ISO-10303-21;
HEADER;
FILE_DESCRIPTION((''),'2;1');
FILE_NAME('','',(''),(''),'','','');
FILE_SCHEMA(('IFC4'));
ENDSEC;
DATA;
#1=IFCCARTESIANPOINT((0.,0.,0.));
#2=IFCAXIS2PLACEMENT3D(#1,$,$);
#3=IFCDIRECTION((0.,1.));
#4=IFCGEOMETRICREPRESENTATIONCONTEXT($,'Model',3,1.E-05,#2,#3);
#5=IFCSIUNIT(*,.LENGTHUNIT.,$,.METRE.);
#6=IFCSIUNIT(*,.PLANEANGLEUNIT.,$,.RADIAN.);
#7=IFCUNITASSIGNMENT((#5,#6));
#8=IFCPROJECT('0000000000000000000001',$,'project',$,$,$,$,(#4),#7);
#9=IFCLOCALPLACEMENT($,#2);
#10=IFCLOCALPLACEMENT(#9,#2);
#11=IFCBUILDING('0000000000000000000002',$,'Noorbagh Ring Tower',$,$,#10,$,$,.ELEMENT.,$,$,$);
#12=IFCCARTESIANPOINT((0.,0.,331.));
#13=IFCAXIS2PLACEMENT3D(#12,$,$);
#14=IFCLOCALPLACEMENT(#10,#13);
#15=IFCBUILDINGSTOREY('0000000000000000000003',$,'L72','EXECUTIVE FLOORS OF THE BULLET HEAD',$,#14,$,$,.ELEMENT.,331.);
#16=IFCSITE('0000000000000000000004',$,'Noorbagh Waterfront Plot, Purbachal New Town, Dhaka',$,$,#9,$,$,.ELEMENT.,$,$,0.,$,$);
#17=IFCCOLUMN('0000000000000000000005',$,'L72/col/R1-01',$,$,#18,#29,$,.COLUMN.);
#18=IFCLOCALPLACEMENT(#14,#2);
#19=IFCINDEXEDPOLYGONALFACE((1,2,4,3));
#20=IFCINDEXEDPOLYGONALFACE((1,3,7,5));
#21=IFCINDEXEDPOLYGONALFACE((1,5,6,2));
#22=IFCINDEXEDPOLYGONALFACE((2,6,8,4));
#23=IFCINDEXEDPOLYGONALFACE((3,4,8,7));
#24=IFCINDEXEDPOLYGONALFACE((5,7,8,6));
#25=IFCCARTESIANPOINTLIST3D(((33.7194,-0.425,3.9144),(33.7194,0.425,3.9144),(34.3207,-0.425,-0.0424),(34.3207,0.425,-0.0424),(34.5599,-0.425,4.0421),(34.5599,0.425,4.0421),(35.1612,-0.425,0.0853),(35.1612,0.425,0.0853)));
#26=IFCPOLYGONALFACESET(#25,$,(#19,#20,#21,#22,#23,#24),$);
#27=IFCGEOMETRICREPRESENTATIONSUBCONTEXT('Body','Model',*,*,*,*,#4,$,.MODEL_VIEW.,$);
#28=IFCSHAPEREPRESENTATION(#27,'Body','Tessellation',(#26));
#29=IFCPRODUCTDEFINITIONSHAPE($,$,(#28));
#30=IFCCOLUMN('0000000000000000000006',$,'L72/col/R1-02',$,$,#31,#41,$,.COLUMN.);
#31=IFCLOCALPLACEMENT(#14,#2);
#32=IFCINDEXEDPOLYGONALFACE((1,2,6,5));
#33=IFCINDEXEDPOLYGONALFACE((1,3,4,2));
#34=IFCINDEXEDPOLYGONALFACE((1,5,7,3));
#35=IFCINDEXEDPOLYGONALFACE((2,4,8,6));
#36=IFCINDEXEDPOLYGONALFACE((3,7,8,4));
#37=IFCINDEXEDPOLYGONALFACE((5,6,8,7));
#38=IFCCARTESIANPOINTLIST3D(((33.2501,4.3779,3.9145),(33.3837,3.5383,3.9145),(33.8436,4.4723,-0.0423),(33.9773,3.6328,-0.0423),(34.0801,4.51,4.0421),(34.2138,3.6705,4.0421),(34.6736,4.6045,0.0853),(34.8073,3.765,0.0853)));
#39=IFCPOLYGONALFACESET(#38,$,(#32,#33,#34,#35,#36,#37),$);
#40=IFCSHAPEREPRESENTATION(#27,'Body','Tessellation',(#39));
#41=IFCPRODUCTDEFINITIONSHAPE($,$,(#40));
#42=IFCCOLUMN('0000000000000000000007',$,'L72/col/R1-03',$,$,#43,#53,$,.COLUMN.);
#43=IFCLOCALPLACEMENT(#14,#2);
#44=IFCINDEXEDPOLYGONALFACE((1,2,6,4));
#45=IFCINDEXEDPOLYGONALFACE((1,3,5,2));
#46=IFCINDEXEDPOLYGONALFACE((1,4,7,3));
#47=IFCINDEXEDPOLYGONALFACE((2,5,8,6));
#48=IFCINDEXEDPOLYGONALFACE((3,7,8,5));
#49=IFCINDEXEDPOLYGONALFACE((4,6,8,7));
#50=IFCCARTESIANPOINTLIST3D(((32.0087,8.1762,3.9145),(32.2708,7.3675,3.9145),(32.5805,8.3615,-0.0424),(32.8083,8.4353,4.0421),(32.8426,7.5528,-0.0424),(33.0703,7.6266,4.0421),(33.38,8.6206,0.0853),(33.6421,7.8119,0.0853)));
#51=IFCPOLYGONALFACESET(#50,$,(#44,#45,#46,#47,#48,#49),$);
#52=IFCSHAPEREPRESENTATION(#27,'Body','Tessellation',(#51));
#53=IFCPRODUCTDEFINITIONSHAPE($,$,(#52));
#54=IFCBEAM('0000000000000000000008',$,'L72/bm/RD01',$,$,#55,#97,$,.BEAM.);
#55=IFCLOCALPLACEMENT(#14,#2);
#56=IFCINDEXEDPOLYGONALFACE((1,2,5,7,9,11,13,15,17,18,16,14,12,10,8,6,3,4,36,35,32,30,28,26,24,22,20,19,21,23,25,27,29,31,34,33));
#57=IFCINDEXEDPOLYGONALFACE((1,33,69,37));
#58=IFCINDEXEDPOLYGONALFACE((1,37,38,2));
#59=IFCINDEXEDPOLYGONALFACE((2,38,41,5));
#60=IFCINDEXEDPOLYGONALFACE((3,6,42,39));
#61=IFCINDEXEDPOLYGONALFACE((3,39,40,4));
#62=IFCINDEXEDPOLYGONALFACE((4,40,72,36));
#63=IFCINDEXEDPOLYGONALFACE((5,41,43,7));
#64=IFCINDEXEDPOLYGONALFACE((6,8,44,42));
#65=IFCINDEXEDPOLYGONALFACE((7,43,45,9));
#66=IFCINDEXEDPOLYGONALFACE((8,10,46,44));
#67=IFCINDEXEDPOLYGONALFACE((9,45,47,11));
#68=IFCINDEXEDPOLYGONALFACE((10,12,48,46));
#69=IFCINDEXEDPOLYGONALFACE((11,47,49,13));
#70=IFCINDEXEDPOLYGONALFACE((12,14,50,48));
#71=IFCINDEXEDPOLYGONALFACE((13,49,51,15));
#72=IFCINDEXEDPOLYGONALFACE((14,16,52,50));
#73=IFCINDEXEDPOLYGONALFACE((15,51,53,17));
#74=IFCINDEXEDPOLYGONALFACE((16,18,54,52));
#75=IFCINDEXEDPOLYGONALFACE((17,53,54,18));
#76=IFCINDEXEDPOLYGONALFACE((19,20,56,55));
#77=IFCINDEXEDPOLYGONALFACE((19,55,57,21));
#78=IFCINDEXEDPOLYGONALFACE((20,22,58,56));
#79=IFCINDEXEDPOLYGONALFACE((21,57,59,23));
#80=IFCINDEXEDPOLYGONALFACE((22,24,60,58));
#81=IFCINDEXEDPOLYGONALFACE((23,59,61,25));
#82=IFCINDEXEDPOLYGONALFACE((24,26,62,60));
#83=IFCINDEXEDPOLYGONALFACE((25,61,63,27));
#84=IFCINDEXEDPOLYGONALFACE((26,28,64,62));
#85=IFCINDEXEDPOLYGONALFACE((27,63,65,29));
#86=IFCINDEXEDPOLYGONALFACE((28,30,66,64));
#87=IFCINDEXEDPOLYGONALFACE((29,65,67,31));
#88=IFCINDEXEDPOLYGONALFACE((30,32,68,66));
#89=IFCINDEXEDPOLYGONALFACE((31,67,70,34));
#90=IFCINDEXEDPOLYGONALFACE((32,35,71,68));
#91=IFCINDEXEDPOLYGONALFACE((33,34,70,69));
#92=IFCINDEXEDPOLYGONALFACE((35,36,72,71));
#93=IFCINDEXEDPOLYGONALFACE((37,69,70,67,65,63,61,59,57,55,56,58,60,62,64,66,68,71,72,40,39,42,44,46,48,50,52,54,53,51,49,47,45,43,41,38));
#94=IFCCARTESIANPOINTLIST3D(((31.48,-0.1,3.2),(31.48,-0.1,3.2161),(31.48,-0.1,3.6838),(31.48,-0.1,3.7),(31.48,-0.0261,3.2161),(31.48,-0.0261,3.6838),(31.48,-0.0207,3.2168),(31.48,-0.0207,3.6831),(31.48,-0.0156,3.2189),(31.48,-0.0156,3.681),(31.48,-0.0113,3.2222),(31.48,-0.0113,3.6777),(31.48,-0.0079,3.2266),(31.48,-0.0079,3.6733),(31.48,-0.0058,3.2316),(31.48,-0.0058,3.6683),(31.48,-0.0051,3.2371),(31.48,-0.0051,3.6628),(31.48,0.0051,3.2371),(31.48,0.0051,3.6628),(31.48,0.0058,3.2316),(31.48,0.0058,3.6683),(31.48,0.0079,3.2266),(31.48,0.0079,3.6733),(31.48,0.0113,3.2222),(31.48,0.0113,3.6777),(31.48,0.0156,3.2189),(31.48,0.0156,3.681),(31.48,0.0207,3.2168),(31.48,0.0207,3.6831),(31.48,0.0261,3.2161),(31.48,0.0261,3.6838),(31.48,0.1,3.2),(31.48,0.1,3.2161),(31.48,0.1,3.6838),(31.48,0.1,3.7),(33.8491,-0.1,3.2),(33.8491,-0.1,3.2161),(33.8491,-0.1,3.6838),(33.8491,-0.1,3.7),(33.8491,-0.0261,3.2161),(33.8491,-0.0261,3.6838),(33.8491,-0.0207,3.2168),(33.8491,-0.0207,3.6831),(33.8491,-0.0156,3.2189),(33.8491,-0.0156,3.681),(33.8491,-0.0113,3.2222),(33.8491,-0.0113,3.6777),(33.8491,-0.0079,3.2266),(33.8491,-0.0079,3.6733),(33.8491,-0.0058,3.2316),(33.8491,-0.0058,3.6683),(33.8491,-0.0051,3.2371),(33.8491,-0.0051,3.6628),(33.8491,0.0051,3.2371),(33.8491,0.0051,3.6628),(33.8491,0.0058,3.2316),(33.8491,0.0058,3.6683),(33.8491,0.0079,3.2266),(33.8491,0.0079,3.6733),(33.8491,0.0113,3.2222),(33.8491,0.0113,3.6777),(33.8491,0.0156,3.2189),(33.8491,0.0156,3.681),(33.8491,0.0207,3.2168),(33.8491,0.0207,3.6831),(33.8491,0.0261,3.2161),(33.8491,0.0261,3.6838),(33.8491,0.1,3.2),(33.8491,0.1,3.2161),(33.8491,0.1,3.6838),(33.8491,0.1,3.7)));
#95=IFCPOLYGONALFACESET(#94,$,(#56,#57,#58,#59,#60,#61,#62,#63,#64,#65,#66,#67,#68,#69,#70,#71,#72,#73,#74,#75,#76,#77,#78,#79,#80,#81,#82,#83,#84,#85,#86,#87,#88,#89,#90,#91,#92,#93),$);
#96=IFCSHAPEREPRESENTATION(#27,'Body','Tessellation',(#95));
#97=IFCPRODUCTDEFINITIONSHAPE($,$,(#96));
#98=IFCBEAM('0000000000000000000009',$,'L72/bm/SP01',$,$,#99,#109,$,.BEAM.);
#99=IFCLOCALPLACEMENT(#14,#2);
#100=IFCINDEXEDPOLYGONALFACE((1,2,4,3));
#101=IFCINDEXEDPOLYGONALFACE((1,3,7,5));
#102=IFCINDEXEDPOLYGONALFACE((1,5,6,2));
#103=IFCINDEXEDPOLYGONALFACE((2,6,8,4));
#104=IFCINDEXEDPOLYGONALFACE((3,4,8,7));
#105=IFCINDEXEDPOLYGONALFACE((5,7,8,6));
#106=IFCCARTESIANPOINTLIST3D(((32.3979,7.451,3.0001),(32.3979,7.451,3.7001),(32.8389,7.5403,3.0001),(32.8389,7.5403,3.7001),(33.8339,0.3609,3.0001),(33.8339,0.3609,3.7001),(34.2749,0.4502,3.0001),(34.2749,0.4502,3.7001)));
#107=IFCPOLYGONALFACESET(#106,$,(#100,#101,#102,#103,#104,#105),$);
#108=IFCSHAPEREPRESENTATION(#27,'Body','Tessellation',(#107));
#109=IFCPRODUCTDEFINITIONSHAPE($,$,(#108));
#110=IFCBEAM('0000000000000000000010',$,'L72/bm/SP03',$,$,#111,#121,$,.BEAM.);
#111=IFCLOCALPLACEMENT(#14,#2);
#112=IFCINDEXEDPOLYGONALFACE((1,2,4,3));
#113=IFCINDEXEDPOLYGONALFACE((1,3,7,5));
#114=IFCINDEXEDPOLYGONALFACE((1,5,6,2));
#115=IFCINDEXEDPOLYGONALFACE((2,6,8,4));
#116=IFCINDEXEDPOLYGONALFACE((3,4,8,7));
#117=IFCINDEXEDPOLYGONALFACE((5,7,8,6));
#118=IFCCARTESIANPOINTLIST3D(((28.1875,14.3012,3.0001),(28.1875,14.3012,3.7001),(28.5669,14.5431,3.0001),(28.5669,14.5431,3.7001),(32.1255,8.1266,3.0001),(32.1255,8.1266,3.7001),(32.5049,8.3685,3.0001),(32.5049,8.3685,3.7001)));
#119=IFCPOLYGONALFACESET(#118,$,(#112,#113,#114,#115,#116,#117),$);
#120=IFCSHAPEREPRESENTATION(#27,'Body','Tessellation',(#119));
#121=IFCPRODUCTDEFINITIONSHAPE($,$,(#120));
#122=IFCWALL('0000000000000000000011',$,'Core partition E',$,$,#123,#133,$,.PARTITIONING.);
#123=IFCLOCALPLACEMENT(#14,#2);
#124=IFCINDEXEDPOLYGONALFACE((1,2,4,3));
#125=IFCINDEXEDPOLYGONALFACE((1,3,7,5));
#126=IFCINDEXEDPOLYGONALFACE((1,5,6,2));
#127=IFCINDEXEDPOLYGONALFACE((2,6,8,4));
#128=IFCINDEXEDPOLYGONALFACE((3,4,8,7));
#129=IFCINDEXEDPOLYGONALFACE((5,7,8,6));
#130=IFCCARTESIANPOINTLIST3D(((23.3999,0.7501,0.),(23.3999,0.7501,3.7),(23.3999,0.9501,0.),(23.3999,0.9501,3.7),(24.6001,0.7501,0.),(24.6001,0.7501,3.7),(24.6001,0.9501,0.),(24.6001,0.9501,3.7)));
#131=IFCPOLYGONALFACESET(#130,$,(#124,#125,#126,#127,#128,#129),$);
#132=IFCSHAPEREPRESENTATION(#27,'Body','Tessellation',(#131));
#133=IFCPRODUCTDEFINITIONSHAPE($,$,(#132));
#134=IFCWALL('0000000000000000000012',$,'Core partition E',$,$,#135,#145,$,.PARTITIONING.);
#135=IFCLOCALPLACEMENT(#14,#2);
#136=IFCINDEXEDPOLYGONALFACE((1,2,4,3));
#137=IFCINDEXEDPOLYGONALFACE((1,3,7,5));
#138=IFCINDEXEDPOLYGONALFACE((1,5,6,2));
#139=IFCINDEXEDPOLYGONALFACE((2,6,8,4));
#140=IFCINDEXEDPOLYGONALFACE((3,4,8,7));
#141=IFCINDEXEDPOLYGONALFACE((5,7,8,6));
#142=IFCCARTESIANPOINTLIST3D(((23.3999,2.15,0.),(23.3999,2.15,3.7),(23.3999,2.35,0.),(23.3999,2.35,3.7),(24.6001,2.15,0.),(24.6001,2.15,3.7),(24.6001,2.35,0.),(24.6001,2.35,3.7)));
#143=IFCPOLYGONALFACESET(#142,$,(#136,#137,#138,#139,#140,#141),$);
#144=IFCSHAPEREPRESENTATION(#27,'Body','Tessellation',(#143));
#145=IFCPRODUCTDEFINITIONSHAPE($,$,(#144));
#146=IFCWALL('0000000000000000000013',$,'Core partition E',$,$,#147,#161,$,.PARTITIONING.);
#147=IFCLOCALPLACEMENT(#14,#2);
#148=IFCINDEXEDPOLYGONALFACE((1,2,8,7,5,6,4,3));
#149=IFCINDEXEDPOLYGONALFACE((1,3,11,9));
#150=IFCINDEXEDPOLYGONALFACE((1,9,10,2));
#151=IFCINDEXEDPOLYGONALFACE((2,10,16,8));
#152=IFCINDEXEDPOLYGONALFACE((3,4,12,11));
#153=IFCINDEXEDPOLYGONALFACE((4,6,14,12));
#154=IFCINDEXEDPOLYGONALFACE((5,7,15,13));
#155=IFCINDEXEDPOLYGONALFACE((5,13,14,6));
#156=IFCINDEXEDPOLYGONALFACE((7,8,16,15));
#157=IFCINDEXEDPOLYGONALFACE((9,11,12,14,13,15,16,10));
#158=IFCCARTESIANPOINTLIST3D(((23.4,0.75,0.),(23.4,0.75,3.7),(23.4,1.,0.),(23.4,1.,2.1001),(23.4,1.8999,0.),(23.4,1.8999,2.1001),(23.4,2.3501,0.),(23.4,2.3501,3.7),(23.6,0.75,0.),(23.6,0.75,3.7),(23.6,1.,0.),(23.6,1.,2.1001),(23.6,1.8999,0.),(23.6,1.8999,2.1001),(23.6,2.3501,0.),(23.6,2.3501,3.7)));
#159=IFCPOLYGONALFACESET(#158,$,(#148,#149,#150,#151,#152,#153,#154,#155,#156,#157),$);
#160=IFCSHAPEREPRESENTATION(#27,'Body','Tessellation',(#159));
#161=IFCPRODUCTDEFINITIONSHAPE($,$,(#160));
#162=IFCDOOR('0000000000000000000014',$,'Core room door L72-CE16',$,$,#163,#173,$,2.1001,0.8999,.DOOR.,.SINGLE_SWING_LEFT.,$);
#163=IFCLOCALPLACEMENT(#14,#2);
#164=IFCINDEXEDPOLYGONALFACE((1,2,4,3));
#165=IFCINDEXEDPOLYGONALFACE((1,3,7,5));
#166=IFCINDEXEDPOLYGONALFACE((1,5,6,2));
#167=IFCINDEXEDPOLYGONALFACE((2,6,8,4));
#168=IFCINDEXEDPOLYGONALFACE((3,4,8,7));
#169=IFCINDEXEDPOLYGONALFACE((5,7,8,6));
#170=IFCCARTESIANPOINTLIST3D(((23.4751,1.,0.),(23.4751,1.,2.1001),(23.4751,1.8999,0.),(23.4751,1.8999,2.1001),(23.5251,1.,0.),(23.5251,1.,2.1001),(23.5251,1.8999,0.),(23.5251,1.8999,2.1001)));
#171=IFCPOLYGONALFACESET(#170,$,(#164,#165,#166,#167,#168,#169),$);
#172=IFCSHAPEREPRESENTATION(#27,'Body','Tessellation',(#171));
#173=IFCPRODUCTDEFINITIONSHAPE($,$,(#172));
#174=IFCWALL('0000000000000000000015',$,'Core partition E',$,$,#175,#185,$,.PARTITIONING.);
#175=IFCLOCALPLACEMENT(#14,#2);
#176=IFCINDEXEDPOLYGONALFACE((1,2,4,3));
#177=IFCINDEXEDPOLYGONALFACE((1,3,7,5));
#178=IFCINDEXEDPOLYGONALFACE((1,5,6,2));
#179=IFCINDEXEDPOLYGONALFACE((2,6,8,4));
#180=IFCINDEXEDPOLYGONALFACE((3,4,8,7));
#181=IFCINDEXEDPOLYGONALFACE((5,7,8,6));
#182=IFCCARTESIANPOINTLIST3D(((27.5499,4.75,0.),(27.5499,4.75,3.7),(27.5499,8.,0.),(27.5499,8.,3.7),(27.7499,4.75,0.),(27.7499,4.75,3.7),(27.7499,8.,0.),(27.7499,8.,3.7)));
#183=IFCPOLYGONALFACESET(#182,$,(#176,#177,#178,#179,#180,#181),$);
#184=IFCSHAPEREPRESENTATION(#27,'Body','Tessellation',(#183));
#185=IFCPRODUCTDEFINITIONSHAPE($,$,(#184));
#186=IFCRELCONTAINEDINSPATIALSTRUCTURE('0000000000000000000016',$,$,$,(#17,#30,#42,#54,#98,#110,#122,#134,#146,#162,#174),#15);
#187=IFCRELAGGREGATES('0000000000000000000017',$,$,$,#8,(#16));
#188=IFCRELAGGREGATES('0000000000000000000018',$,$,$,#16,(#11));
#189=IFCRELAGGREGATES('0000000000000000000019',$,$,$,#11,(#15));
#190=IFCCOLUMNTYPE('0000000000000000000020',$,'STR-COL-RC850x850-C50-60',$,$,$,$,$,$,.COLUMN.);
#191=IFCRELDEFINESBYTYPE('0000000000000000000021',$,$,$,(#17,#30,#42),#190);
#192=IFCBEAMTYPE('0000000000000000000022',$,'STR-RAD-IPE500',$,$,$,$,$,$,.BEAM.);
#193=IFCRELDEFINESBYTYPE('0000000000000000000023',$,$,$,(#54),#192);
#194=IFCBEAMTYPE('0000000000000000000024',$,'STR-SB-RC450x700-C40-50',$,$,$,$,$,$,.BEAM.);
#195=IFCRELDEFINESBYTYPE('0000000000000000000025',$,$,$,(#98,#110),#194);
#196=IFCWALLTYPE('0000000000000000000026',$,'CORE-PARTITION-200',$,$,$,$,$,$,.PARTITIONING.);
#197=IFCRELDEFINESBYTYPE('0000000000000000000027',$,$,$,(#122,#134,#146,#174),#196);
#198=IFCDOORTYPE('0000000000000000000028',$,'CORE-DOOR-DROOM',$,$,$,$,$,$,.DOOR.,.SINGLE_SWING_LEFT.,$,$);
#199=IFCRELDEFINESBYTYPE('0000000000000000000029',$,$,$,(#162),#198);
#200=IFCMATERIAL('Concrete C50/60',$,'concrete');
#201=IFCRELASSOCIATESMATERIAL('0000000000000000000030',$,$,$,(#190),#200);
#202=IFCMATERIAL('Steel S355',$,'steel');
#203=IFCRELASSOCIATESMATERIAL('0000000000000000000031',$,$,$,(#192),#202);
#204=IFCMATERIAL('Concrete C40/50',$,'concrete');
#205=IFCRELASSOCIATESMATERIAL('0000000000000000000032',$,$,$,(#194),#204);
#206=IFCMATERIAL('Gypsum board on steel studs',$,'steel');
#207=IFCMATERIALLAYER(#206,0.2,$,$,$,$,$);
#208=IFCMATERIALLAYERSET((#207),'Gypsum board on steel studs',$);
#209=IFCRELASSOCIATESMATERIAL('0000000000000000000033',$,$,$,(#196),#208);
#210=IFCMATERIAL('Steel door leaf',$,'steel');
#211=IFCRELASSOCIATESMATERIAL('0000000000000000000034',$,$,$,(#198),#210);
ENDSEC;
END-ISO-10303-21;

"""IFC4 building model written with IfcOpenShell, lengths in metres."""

from ifc_helpers import new_model, si_unit, direction, frame, frame_2d, origin, origin_2d, place, context, subcontext, project, spatial, rectangle, i_section, extrude, material, layer, layer_set, material_profile, profile_set, type_object, element, fill, save


model = new_model("IFC4")

# Units and contexts
model_context = context("Model", 3, precision=1e-05, world=origin(), true_north=direction((0.0, 1.0)))
body_context = subcontext(model_context, "Body", "Model", "MODEL_VIEW")
ifc_project = project(units=[si_unit("LENGTHUNIT", "METRE"), si_unit("PLANEANGLEUNIT", "RADIAN")], contexts=[model_context])

# Site, building, storey
site_placement = place(None, origin())
site = spatial("IfcSite", under=ifc_project, at=site_placement, Name="Noorbagh Waterfront Plot, Purbachal New Town, Dhaka", CompositionType="ELEMENT", RefElevation=0.0)
building_placement = place(site_placement, origin())
building = spatial("IfcBuilding", under=site, at=building_placement, Name="Noorbagh Ring Tower", CompositionType="ELEMENT")
storey_placement = place(building_placement, frame((0.0, 0.0, 331.0)))
storey = spatial("IfcBuildingStorey", under=building, at=storey_placement, Name="L72", Description="EXECUTIVE FLOORS OF THE BULLET HEAD", CompositionType="ELEMENT", Elevation=331.0)

# Columns
ifc_material_1 = material(Name="Concrete C50/60", Category="concrete")
ifc_material_profile_1 = material_profile(ifc_material_1, rectangle(XDim=0.8501, YDim=0.8501, at=origin_2d()), Name="RC850x850")
ifc_profile_set_1 = profile_set([ifc_material_profile_1], Name="Concrete C50/60")
column_type = type_object("IfcColumnType", Name="STR-COL-RC850x850-C50-60", PredefinedType="COLUMN", material=ifc_profile_set_1)
for number, where, z_axis, x_axis, name in (
    (1, (34.741, 0.0, 0.0215), (-0.150246, 0.0, 0.988649), (0.0, -1.0, 0.0), "L72/col/R1-01"),
    (2, (34.3254, 4.1187, 0.0215), (-0.148296, -0.023608, 0.988661), (0.157214, -0.987565, 0.0), "L72/col/R1-02"),
    (3, (33.1113, 8.0867, 0.0215), (-0.142867, -0.0463, 0.988658), (0.308296, -0.95129, 0.0), "L72/col/R1-03"),
):
    element("IfcColumn", number, at=place(storey_placement, frame(where, z_axis=z_axis, x_axis=x_axis)), inside=storey, type_object=column_type, Name=name, PredefinedType="COLUMN", context=body_context, shape_type="SweptSolid", body=[
        extrude(rectangle(XDim=0.8501, YDim=0.8501, at=origin_2d()), origin(), (0.0, 0.0, 1.0), 4.0022),
    ])

# Beams
ifc_material_2 = material(Name="Steel S355", Category="steel")
ifc_material_profile_2 = material_profile(ifc_material_2, i_section(OverallWidth=0.2, OverallDepth=0.5, WebThickness=0.0103, FlangeThickness=0.0161, FilletRadius=0.021, at=origin_2d()), Name="IPE500")
ifc_profile_set_2 = profile_set([ifc_material_profile_2], Name="Steel S355")
beam_type_1 = type_object("IfcBeamType", Name="STR-RAD-IPE500", PredefinedType="BEAM", material=ifc_profile_set_2)
beam_1_placement = place(storey_placement, frame((33.8491, 0.0, 3.45), z_axis=(-1.0, 0.0, 0.0), x_axis=(0.0, -1.0, 0.0)))
element("IfcBeam", 4, at=beam_1_placement, inside=storey, type_object=beam_type_1, Name="L72/bm/RD01", PredefinedType="BEAM", context=body_context, shape_type="SweptSolid", body=[
    extrude(i_section(OverallWidth=0.2, OverallDepth=0.5, WebThickness=0.0103, FlangeThickness=0.0161, FilletRadius=0.021, at=origin_2d()), origin(), (0.0, 0.0, 1.0), 2.3691),
])
ifc_material_3 = material(Name="Concrete C40/50", Category="concrete")
ifc_material_profile_3 = material_profile(ifc_material_3, rectangle(XDim=0.45, YDim=0.7, at=origin_2d()), Name="RC450x700")
ifc_profile_set_3 = profile_set([ifc_material_profile_3], Name="Concrete C40/50")
beam_type_2 = type_object("IfcBeamType", Name="STR-SB-RC450x700-C40-50", PredefinedType="BEAM", material=ifc_profile_set_3)
beam_2_placement = place(storey_placement, frame((34.0544, 0.4055, 3.3501), z_axis=(-0.19851, 0.980099, 0.0), x_axis=(-0.980099, -0.19851, 0.0)))
element("IfcBeam", 5, at=beam_2_placement, inside=storey, type_object=beam_type_2, Name="L72/bm/SP01", PredefinedType="BEAM", context=body_context, shape_type="SweptSolid", body=[
    extrude(rectangle(XDim=0.45, YDim=0.7, at=origin_2d()), origin(), (0.0, 0.0, 1.0), 7.2341),
])
beam_3_placement = place(storey_placement, frame((32.3152, 8.2476, 3.3501), z_axis=(-0.537723, 0.843122, 0.0), x_axis=(-0.843122, -0.537723, 0.0)))
element("IfcBeam", 6, at=beam_3_placement, inside=storey, type_object=beam_type_2, Name="L72/bm/SP03", PredefinedType="BEAM", context=body_context, shape_type="SweptSolid", body=[
    extrude(rectangle(XDim=0.45, YDim=0.7, at=origin_2d()), origin(), (0.0, 0.0, 1.0), 7.3235),
])

# Walls
ifc_material_4 = material(Name="Gypsum board on steel studs", Category="steel")
ifc_layer_1 = layer(ifc_material_4, 0.2)
ifc_layer_set_1 = layer_set([ifc_layer_1], Name="Gypsum board on steel studs")
wall_type_1 = type_object("IfcWallType", Name="CORE-PARTITION-200", PredefinedType="PARTITIONING", material=ifc_layer_set_1)
for number, where, z_axis, x_axis, name in (
    (7, (23.3999, 0.8501, 0.0), (0.0, 0.0, 1.0), (1.0, 0.0, 0.0), "Core partition E"),
    (8, (23.3999, 2.25, 0.0), (0.0, 0.0, 1.0), (1.0, 0.0, 0.0), "Core partition E"),
):
    element("IfcWall", number, at=place(storey_placement, frame(where, z_axis=z_axis, x_axis=x_axis)), inside=storey, type_object=wall_type_1, Name=name, PredefinedType="PARTITIONING", context=body_context, shape_type="SweptSolid", body=[
        extrude(rectangle(XDim=1.2002, YDim=0.2, at=frame_2d((0.6001, 0.0))), origin(), (0.0, 0.0, 1.0), 3.7),
    ])

# Wall, opening, door
wall_1_placement = place(storey_placement, frame((23.5, 0.75, 0.0), z_axis=(0.0, 0.0, 1.0), x_axis=(0.0, 1.0, 0.0)))
wall_1 = element("IfcWall", 9, at=wall_1_placement, inside=storey, type_object=wall_type_1, Name="Core partition E", PredefinedType="PARTITIONING", context=body_context, shape_type="SweptSolid", body=[
    extrude(rectangle(XDim=1.6001, YDim=0.2, at=frame_2d((0.8, 0.0))), origin(), (0.0, 0.0, 1.0), 3.7),
])
opening_1_placement = place(wall_1_placement, frame((0.25, 0.0, 0.0)))
opening_1 = element("IfcOpeningElement", 10, at=opening_1_placement, cuts=wall_1, PredefinedType="OPENING", context=body_context, shape_type="SweptSolid", body=[
    extrude(rectangle(XDim=0.8999, YDim=2.1001, at=frame_2d((0.45, 1.05))), frame((0.0, 0.1099, 0.0), z_axis=(0.0, -1.0, 0.0), x_axis=(1.0, 0.0, 0.0)), (0.0, 0.0, 1.0), 0.22),
])
ifc_material_5 = material(Name="Steel door leaf", Category="steel")
door_type_1 = type_object("IfcDoorType", Name="CORE-DOOR-DROOM", OperationType="SINGLE_SWING_LEFT", PredefinedType="DOOR", material=ifc_material_5)
door_1_placement = place(opening_1_placement, origin())
door_1 = element("IfcDoor", 11, at=door_1_placement, inside=storey, type_object=door_type_1, Name="Core room door L72-CE16", OperationType="SINGLE_SWING_LEFT", OverallHeight=2.1001, OverallWidth=0.8999, PredefinedType="DOOR", context=body_context, shape_type="SweptSolid", body=[
    extrude(rectangle(XDim=0.8999, YDim=2.1001, at=frame_2d((0.45, 1.05))), frame((0.0, 0.0249, 0.0), z_axis=(0.0, -1.0, 0.0), x_axis=(1.0, 0.0, 0.0)), (0.0, 0.0, 1.0), 0.05),
])
fill(opening_1, door_1)

# Wall
wall_2_placement = place(storey_placement, frame((27.6499, 4.75, 0.0), z_axis=(0.0, 0.0, 1.0), x_axis=(0.0, 1.0, 0.0)))
element("IfcWall", 12, at=wall_2_placement, inside=storey, type_object=wall_type_1, Name="Core partition E", PredefinedType="PARTITIONING", context=body_context, shape_type="SweptSolid", body=[
    extrude(rectangle(XDim=3.25, YDim=0.2, at=frame_2d((1.625, 0.0))), origin(), (0.0, 0.0, 1.0), 3.7),
])

save(model, "model.ifc")
